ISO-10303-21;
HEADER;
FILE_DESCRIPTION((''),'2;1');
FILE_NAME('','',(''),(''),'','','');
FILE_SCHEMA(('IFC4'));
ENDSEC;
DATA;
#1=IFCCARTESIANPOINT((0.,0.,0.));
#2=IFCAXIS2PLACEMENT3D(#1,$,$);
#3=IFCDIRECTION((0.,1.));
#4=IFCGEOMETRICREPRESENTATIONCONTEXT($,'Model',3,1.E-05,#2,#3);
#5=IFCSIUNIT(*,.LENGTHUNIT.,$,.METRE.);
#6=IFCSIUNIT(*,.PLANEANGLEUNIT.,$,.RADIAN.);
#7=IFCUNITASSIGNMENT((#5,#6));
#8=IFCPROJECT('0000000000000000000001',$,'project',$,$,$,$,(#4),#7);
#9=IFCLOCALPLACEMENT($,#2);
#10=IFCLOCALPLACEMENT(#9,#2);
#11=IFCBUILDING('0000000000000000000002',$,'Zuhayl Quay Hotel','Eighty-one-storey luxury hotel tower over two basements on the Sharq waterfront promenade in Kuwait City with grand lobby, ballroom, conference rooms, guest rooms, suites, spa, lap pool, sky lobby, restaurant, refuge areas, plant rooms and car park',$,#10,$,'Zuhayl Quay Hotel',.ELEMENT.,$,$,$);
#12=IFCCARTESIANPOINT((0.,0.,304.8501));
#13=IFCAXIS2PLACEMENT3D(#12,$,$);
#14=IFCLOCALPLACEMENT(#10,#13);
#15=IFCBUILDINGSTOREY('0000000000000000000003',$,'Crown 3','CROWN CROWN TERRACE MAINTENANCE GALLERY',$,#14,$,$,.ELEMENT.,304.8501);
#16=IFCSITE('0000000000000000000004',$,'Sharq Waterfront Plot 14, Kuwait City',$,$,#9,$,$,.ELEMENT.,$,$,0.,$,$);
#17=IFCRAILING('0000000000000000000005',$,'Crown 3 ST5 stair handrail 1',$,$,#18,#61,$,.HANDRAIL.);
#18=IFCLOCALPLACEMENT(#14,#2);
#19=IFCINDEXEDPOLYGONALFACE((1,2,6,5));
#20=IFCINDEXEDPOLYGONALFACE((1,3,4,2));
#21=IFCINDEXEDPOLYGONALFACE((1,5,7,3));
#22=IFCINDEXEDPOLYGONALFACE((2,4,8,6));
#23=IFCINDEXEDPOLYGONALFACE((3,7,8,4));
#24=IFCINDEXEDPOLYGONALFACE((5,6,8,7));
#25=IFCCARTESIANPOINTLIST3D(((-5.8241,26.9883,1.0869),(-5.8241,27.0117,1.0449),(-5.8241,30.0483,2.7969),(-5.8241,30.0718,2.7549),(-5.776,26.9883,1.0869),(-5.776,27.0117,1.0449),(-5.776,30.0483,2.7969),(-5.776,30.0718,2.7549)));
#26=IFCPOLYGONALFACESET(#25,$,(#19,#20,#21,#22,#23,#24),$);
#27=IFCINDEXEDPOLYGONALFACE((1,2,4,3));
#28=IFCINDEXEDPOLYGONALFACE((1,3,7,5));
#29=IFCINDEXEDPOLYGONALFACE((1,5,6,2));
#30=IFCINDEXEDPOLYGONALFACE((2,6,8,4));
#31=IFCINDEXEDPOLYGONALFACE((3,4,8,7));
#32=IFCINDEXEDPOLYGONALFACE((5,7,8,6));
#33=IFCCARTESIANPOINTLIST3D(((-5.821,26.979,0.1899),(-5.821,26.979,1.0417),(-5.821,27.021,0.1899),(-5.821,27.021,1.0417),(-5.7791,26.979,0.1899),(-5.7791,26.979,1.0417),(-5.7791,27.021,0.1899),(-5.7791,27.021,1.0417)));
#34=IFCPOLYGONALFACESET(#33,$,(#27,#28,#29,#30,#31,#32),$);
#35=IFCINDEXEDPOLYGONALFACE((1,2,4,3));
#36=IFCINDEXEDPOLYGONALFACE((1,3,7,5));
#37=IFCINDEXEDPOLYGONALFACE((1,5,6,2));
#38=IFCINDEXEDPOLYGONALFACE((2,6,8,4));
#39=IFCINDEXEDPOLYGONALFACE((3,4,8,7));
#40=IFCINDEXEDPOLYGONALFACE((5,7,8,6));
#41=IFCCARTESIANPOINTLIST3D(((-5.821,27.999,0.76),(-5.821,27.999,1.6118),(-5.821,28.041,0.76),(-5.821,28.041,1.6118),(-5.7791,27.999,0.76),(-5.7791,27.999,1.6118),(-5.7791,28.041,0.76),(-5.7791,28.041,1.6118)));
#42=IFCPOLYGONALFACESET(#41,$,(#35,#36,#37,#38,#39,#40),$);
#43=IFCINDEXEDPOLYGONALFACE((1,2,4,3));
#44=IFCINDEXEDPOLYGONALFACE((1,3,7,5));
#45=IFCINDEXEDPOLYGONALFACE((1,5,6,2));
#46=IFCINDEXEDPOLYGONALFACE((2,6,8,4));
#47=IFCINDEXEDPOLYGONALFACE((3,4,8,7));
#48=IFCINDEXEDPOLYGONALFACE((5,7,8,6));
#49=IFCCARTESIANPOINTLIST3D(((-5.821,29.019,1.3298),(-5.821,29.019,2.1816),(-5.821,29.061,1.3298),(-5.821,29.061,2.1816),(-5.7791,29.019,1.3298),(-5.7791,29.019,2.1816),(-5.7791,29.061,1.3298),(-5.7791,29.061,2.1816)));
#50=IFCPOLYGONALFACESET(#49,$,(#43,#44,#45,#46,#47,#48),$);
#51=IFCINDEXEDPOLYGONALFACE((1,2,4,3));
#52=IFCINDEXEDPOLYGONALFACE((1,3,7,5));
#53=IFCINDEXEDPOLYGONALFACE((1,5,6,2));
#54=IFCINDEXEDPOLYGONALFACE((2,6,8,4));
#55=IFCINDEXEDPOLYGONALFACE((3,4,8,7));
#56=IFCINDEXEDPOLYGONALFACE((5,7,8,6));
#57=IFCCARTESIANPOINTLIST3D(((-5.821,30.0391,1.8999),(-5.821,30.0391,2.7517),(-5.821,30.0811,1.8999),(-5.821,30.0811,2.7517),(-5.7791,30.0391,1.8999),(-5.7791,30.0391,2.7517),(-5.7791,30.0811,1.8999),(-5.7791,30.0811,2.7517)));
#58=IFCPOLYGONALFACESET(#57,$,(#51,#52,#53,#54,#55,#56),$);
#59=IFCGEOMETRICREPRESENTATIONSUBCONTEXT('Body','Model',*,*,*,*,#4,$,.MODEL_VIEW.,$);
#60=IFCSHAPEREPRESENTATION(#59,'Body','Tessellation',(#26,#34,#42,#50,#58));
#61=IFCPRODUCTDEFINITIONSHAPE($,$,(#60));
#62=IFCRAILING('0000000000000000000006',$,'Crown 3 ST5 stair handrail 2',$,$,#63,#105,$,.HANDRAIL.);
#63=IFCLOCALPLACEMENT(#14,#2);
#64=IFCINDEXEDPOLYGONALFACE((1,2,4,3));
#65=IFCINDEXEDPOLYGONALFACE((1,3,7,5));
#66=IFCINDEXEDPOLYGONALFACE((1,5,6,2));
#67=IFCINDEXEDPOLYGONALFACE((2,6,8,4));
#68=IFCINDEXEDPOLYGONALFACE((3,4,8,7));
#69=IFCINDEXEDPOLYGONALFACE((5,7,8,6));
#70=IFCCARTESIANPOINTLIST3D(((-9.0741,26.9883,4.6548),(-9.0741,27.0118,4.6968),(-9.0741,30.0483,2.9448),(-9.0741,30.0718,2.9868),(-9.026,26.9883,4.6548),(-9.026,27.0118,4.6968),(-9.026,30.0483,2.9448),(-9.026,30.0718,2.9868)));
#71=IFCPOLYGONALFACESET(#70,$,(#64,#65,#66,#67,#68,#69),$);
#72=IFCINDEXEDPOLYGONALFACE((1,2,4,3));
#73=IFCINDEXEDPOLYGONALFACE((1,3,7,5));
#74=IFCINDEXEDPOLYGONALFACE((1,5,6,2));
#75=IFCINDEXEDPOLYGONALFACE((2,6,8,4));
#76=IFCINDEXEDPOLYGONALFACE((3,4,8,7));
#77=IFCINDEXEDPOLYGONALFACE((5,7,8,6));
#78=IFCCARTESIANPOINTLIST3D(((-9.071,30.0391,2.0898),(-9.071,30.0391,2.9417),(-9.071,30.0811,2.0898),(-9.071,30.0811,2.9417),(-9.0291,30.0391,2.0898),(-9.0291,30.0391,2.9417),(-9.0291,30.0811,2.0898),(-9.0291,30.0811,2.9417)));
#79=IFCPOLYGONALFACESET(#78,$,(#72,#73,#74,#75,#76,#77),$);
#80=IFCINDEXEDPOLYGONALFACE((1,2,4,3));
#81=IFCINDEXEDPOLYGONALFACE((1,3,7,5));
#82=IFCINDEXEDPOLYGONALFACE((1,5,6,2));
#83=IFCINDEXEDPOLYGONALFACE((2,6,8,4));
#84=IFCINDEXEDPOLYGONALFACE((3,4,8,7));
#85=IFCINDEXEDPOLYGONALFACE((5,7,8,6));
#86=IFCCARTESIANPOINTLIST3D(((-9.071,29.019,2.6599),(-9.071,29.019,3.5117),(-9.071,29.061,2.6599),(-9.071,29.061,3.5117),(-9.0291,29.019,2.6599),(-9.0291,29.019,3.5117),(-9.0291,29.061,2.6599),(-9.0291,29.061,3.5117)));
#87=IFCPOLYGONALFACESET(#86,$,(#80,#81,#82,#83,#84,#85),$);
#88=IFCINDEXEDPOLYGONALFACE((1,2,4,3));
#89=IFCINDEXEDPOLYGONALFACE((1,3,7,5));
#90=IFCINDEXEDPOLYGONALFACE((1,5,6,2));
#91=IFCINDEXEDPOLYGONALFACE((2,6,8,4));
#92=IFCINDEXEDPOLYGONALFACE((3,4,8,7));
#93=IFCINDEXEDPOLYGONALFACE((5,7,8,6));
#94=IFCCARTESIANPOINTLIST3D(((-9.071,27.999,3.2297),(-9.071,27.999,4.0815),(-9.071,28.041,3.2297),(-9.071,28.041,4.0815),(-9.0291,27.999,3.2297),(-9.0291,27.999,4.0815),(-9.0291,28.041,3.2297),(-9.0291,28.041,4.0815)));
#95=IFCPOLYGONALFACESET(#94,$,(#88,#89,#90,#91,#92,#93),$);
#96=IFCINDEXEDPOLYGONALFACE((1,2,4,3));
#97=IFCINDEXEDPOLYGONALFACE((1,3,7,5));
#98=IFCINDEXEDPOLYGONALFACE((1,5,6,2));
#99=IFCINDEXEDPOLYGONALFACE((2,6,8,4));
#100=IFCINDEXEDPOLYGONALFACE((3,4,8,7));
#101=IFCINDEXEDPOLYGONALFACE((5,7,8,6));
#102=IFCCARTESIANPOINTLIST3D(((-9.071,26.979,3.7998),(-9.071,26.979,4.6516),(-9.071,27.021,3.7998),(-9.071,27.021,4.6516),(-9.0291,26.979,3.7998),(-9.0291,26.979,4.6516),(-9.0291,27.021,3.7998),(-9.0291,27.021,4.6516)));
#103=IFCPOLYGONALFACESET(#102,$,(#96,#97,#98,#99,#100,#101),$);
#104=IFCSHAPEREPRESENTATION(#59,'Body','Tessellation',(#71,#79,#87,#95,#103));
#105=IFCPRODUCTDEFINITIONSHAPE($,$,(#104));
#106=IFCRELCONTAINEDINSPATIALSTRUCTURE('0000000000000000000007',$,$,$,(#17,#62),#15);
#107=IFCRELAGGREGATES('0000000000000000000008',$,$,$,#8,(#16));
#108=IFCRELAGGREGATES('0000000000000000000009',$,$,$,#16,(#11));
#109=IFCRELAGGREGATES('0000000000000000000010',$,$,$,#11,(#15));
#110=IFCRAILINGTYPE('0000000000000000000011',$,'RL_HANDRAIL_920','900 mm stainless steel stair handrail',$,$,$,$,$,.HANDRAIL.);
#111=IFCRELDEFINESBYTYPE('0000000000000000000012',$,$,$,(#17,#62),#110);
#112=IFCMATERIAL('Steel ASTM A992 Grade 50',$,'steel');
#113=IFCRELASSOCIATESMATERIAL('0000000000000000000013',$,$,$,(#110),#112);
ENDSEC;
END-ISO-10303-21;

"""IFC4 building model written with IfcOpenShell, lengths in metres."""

from ifc_helpers import new_model, si_unit, direction, frame, origin, origin_2d, place, context, subcontext, project, spatial, rectangle, extrude, material, type_object, element, save


model = new_model("IFC4")

# Units and contexts
model_context = context("Model", 3, precision=1e-05, world=origin(), true_north=direction((0.0, 1.0)))
body_context = subcontext(model_context, "Body", "Model", "MODEL_VIEW")
ifc_project = project(units=[si_unit("LENGTHUNIT", "METRE"), si_unit("PLANEANGLEUNIT", "RADIAN")], contexts=[model_context])

# Site, building, storey
site_placement = place(None, origin())
site = spatial("IfcSite", under=ifc_project, at=site_placement, Name="Sharq Waterfront Plot 14, Kuwait City", CompositionType="ELEMENT", RefElevation=0.0)
building_placement = place(site_placement, origin())
building = spatial("IfcBuilding", under=site, at=building_placement, Name="Zuhayl Quay Hotel", Description="Eighty-one-storey luxury hotel tower over two basements on the Sharq waterfront promenade in Kuwait City with grand lobby, ballroom, conference rooms, guest rooms, suites, spa, lap pool, sky lobby, restaurant, refuge areas, plant rooms and car park", LongName="Zuhayl Quay Hotel", CompositionType="ELEMENT")
storey_placement = place(building_placement, frame((0.0, 0.0, 304.8501)))
storey = spatial("IfcBuildingStorey", under=building, at=storey_placement, Name="Crown 3", Description="CROWN CROWN TERRACE MAINTENANCE GALLERY", CompositionType="ELEMENT", Elevation=304.8501)

# Shared definitions
ifc_material_1 = material(Name="Steel ASTM A992 Grade 50", Category="steel")

# Railings
railing_type_1 = type_object("IfcRailingType", Name="RL_HANDRAIL_920", Description="900 mm stainless steel stair handrail", PredefinedType="HANDRAIL", material=ifc_material_1)
railing_1_placement = place(storey_placement, frame((-5.8, 27.0, 0.1899)))
element("IfcRailing", 1, at=railing_1_placement, inside=storey, type_object=railing_type_1, Name="Crown 3 ST5 stair handrail 1", PredefinedType="HANDRAIL", context=body_context, shape_type="SweptSolid", body=[
    extrude(rectangle(XDim=0.0481, YDim=0.0481, at=origin_2d()), frame((0.0, 0.0, 0.876), z_axis=(0.0, 0.872952, 0.487806), x_axis=(-1.0, 0.0, 0.0)), (0.0, 0.0, 1.0), 3.5054),
    extrude(rectangle(XDim=0.042, YDim=0.042, at=origin_2d()), origin(), (0.0, 0.0, 1.0), 0.8518),
    extrude(rectangle(XDim=0.042, YDim=0.042, at=origin_2d()), frame((0.0, 1.02, 0.5701)), (0.0, 0.0, 1.0), 0.8518),
    extrude(rectangle(XDim=0.042, YDim=0.042, at=origin_2d()), frame((0.0, 2.04, 1.1399)), (0.0, 0.0, 1.0), 0.8518),
    extrude(rectangle(XDim=0.042, YDim=0.042, at=origin_2d()), frame((0.0, 3.0601, 1.71)), (0.0, 0.0, 1.0), 0.8518),
])
railing_2_placement = place(storey_placement, frame((-9.05, 30.0601, 2.0898)))
element("IfcRailing", 2, at=railing_2_placement, inside=storey, type_object=railing_type_1, Name="Crown 3 ST5 stair handrail 2", PredefinedType="HANDRAIL", context=body_context, shape_type="SweptSolid", body=[
    extrude(rectangle(XDim=0.0481, YDim=0.0481, at=origin_2d()), frame((0.0, 0.0, 0.876), z_axis=(0.0, -0.872952, 0.487806), x_axis=(1.0, 0.0, 0.0)), (0.0, 0.0, 1.0), 3.5054),
    extrude(rectangle(XDim=0.042, YDim=0.042, at=origin_2d()), origin(), (0.0, 0.0, 1.0), 0.8518),
    extrude(rectangle(XDim=0.042, YDim=0.042, at=origin_2d()), frame((0.0, -1.02, 0.5701)), (0.0, 0.0, 1.0), 0.8518),
    extrude(rectangle(XDim=0.042, YDim=0.042, at=origin_2d()), frame((0.0, -2.04, 1.1399)), (0.0, 0.0, 1.0), 0.8518),
    extrude(rectangle(XDim=0.042, YDim=0.042, at=origin_2d()), frame((0.0, -3.0601, 1.71)), (0.0, 0.0, 1.0), 0.8518),
])

save(model, "model.ifc")
